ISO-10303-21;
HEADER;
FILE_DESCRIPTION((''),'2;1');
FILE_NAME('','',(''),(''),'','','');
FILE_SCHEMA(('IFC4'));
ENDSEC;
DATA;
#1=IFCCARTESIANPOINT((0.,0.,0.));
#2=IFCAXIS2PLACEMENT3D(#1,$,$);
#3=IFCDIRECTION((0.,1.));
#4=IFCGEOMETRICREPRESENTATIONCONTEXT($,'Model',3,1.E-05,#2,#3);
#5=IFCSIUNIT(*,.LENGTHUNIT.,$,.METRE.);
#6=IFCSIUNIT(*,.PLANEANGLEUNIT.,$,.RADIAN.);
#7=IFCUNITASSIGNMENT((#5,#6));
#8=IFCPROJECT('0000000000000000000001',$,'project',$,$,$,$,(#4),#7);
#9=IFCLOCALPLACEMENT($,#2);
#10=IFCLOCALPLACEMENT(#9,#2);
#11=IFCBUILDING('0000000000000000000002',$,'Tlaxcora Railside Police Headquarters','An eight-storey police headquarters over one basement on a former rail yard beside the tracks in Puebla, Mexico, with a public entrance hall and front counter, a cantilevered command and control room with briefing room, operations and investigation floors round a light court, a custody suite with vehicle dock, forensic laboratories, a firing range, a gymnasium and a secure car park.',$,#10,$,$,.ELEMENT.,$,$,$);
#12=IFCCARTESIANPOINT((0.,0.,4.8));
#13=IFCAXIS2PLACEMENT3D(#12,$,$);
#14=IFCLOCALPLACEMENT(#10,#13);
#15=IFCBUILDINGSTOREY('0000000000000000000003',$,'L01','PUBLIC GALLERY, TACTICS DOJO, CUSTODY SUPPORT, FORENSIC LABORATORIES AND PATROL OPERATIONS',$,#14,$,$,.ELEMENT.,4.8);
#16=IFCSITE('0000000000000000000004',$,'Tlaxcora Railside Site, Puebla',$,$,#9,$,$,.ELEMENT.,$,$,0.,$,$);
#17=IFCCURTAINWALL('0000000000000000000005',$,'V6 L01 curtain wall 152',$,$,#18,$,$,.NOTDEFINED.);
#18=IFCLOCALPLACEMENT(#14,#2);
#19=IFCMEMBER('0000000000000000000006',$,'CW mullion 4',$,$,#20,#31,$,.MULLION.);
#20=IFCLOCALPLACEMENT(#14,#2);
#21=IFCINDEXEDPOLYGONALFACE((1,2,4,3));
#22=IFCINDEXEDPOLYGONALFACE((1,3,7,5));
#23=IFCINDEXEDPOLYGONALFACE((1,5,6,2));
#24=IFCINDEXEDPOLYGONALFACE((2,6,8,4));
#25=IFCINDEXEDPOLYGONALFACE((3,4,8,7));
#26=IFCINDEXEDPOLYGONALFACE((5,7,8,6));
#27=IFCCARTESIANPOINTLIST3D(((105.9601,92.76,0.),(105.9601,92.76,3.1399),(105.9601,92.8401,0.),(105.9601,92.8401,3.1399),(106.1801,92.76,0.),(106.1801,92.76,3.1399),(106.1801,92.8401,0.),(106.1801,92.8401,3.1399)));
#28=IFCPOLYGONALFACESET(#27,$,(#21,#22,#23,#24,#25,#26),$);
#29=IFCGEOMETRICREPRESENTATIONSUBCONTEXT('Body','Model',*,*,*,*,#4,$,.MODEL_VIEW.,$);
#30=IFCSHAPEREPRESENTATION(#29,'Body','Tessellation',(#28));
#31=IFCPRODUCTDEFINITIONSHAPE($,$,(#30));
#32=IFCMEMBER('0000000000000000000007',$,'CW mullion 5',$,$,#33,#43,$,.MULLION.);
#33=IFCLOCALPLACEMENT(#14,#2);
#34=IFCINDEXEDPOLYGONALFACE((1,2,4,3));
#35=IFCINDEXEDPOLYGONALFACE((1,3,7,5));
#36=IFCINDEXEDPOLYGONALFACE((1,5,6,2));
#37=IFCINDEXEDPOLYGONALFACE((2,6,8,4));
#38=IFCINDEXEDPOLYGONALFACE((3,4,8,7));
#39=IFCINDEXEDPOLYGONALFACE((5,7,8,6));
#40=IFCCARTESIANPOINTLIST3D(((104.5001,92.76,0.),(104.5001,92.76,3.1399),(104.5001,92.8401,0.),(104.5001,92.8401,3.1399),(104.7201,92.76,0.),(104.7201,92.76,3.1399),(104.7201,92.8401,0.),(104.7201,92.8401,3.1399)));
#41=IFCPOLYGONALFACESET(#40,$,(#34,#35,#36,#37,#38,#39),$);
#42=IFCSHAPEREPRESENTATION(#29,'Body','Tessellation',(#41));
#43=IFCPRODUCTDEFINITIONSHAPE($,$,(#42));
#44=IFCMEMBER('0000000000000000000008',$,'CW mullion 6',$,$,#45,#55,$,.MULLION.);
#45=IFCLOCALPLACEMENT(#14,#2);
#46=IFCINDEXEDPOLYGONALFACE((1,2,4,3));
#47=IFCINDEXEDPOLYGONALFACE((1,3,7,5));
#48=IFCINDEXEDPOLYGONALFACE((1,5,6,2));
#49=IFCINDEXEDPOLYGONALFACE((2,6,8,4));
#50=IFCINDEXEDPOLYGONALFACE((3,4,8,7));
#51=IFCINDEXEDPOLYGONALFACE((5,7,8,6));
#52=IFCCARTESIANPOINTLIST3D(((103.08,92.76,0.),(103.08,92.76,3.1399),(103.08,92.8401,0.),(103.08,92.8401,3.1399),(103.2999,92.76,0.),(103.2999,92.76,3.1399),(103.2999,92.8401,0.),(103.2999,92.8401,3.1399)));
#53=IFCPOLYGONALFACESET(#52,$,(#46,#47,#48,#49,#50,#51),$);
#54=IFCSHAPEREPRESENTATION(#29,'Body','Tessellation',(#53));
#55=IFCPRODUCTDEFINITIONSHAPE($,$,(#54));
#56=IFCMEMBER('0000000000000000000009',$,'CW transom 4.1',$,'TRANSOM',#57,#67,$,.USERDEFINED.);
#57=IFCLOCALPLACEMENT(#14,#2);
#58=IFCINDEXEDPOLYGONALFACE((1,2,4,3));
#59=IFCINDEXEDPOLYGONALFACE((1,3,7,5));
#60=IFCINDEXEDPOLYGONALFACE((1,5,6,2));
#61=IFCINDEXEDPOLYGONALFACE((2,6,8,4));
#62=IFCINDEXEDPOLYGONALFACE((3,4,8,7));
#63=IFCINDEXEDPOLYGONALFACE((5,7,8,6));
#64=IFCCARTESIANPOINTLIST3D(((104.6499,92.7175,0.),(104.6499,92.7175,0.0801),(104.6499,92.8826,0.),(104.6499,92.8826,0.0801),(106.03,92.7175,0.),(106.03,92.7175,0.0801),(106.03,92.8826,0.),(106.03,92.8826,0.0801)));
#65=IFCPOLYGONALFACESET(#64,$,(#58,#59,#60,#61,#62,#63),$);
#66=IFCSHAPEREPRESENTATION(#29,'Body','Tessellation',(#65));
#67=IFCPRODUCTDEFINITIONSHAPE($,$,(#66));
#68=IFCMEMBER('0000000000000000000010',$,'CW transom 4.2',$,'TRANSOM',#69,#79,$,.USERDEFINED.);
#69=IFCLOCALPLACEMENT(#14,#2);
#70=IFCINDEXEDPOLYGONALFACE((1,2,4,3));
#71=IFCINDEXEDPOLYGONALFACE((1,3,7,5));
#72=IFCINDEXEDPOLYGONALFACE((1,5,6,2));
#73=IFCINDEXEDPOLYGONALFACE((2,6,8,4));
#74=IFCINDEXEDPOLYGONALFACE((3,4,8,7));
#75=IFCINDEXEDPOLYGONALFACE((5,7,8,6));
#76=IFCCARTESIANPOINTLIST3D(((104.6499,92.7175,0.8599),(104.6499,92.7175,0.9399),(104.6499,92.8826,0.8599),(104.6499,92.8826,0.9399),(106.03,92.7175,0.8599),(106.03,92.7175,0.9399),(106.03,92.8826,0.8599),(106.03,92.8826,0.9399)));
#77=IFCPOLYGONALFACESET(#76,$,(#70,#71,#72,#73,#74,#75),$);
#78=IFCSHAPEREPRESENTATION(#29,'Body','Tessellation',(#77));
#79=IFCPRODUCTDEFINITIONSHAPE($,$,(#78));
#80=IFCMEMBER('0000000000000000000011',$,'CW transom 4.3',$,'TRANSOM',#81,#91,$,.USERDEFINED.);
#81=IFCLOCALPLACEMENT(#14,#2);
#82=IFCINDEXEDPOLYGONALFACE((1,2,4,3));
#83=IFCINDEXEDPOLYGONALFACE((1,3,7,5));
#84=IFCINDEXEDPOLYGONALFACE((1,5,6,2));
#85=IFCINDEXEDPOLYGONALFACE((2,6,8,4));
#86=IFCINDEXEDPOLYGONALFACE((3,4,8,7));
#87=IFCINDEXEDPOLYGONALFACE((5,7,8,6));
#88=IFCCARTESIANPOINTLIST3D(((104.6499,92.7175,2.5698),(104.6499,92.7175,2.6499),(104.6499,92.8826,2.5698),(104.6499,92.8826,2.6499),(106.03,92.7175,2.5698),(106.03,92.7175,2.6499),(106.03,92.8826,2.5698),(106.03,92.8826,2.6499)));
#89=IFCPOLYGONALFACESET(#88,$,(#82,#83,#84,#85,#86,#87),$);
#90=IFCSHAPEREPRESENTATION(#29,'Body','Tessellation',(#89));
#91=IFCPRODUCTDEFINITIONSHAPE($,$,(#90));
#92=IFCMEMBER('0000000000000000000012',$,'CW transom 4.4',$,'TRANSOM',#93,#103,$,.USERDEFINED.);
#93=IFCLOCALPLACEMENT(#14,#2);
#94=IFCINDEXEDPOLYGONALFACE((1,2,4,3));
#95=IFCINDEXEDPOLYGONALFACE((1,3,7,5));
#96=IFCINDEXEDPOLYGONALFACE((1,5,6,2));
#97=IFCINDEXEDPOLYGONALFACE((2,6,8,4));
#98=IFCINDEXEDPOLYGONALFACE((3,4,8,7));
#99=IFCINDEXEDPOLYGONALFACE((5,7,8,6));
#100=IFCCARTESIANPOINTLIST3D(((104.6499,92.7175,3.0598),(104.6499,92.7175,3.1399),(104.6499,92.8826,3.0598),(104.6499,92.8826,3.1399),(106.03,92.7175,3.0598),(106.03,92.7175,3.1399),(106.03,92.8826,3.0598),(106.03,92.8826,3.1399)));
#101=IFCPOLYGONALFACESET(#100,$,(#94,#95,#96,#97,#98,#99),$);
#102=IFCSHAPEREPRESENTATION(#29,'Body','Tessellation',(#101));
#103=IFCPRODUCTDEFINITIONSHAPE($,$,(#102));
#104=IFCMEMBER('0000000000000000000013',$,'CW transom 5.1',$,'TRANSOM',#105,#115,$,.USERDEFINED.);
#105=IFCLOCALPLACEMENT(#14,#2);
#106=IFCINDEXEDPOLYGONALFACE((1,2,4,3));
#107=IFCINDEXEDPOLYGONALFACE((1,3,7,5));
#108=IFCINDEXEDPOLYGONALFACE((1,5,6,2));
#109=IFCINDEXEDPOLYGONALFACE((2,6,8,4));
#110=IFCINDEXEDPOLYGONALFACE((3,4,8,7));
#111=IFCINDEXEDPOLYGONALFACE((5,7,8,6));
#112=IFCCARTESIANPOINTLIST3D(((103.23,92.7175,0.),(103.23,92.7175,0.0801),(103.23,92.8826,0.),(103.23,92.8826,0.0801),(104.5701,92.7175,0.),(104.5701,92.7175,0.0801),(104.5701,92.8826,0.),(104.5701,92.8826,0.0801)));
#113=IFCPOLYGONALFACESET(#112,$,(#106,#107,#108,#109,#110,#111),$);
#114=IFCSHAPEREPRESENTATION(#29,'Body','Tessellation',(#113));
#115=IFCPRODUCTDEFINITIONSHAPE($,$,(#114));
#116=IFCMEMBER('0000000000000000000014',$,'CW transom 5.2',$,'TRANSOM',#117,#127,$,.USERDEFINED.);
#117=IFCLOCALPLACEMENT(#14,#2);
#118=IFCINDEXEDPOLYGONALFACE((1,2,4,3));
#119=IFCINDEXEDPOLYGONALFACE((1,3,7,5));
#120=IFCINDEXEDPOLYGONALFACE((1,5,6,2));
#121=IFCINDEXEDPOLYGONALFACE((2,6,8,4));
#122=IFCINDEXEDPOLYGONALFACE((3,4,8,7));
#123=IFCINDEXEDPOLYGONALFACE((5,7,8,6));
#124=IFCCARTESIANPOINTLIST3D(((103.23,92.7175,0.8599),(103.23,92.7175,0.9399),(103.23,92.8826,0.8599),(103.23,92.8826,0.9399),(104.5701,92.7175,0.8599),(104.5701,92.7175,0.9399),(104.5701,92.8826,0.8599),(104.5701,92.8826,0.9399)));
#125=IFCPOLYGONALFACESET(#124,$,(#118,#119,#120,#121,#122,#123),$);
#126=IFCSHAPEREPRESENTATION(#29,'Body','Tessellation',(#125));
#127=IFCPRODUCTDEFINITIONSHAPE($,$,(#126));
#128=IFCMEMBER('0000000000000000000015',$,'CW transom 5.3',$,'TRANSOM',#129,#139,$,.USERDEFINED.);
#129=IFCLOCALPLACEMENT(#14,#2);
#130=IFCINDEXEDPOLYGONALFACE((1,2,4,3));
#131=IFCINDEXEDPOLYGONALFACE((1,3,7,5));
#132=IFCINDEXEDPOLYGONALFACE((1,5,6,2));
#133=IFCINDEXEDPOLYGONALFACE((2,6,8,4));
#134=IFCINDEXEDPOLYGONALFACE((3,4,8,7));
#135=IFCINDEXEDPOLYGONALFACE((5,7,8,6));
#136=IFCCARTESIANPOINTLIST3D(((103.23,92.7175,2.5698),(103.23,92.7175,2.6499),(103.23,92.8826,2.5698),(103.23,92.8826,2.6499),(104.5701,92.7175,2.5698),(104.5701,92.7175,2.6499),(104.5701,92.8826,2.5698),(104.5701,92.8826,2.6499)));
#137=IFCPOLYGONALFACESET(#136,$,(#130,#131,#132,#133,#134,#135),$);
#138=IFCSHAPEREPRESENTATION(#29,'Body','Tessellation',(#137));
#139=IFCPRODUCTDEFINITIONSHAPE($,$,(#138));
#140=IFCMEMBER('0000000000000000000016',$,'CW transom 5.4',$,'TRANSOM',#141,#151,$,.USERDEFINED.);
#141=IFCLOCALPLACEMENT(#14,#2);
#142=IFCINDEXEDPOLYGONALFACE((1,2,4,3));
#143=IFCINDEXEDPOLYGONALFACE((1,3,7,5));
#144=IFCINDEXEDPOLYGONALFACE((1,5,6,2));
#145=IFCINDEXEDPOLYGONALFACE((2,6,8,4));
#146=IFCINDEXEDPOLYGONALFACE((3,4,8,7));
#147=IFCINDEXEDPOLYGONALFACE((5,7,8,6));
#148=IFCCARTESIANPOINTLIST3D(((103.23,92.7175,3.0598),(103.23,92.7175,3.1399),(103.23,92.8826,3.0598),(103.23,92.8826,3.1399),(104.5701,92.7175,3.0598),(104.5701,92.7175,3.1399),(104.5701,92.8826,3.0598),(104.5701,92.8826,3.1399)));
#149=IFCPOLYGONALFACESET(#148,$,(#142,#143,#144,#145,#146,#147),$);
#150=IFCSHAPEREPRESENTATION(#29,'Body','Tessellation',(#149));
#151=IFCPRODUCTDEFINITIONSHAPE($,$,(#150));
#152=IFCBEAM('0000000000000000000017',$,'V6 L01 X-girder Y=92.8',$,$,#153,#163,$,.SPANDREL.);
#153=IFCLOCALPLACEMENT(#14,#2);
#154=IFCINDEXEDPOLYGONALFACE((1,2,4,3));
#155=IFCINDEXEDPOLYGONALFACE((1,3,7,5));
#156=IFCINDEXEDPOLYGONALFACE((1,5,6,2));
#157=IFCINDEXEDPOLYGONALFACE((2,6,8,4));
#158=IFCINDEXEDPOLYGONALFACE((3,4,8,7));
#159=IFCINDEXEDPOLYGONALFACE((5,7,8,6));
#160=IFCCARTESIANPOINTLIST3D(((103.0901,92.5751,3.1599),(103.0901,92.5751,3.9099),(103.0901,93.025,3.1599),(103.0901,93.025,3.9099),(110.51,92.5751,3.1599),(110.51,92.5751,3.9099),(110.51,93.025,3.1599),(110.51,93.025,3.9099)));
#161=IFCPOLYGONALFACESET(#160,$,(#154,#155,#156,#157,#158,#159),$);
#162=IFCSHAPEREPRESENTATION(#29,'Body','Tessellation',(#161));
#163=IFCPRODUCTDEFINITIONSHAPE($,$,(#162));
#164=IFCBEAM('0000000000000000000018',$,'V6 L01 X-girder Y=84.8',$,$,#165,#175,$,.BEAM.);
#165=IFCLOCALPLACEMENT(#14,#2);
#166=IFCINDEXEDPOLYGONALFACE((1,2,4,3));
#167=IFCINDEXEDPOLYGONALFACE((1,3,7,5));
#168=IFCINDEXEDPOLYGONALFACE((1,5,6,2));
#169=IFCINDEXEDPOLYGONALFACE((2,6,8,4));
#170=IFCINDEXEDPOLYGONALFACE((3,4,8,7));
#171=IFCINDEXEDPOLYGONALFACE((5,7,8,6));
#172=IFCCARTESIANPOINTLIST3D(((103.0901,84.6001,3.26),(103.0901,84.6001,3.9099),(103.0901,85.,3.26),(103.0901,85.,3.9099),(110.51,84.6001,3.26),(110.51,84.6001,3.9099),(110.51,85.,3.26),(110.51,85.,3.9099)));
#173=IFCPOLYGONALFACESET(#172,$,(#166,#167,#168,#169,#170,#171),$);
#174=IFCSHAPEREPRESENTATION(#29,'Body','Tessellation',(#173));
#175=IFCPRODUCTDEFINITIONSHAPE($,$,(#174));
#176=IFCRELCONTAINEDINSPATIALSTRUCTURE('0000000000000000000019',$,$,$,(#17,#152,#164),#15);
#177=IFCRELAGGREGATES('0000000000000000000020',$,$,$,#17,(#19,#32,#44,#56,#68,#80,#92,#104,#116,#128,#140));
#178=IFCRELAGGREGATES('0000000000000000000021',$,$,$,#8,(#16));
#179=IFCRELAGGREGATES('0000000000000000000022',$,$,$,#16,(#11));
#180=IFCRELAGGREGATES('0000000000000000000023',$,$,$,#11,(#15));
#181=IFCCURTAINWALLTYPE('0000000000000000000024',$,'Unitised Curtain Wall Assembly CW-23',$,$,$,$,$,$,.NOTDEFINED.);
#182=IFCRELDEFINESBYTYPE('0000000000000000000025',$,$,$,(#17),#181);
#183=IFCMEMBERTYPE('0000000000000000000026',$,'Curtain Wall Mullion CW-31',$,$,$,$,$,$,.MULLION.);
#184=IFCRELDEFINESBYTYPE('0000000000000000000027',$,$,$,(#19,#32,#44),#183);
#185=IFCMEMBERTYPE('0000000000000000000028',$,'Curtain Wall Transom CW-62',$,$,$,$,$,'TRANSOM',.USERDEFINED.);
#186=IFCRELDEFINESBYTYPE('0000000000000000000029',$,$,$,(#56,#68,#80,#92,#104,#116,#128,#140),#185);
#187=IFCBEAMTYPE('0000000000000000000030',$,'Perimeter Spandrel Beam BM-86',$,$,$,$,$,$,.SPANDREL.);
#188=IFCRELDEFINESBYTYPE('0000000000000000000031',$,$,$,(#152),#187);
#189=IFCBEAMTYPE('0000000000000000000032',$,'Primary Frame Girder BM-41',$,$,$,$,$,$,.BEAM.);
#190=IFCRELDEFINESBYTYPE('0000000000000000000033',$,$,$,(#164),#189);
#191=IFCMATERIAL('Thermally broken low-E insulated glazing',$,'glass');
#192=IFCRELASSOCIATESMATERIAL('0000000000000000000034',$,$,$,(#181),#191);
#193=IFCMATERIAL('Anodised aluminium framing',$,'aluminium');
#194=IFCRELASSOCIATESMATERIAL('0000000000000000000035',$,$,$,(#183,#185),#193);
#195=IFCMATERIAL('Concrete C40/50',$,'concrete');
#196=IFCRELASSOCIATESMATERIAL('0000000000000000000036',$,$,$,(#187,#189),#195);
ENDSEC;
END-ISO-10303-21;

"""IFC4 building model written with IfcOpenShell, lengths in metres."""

from ifc_helpers import new_model, si_unit, direction, frame, origin, origin_2d, place, context, subcontext, project, spatial, rectangle, extrude, material, material_profile, profile_set, type_object, element, aggregate, save


model = new_model("IFC4")

# Units and contexts
model_context = context("Model", 3, precision=1e-05, world=origin(), true_north=direction((0.0, 1.0)))
body_context = subcontext(model_context, "Body", "Model", "MODEL_VIEW")
ifc_project = project(units=[si_unit("LENGTHUNIT", "METRE"), si_unit("PLANEANGLEUNIT", "RADIAN")], contexts=[model_context])

# Site, building, storey
site_placement = place(None, origin())
site = spatial("IfcSite", under=ifc_project, at=site_placement, Name="Tlaxcora Railside Site, Puebla", CompositionType="ELEMENT", RefElevation=0.0)
building_placement = place(site_placement, origin())
building = spatial("IfcBuilding", under=site, at=building_placement, Name="Tlaxcora Railside Police Headquarters", Description="An eight-storey police headquarters over one basement on a former rail yard beside the tracks in Puebla, Mexico, with a public entrance hall and front counter, a cantilevered command and control room with briefing room, operations and investigation floors round a light court, a custody suite with vehicle dock, forensic laboratories, a firing range, a gymnasium and a secure car park.", CompositionType="ELEMENT")
storey_placement = place(building_placement, frame((0.0, 0.0, 4.8)))
storey = spatial("IfcBuildingStorey", under=building, at=storey_placement, Name="L01", Description="PUBLIC GALLERY, TACTICS DOJO, CUSTODY SUPPORT, FORENSIC LABORATORIES AND PATROL OPERATIONS", CompositionType="ELEMENT", Elevation=4.8)

# Curtain wall, members
ifc_material_1 = material(Name="Thermally broken low-E insulated glazing", Category="glass")
curtain_wall_type = type_object("IfcCurtainWallType", Name="Unitised Curtain Wall Assembly CW-23", PredefinedType="NOTDEFINED", material=ifc_material_1)
curtain_wall_placement = place(storey_placement, origin())
curtain_wall = element("IfcCurtainWall", 1, at=curtain_wall_placement, inside=storey, type_object=curtain_wall_type, Name="V6 L01 curtain wall 152", PredefinedType="NOTDEFINED")
ifc_material_2 = material(Name="Anodised aluminium framing", Category="aluminium")
ifc_material_profile_1 = material_profile(ifc_material_2, rectangle(XDim=0.0801, YDim=0.22, at=origin_2d()), Name="AL80X220")
ifc_profile_set_1 = profile_set([ifc_material_profile_1], Name="Anodised aluminium framing")
member_type_1 = type_object("IfcMemberType", Name="Curtain Wall Mullion CW-31", PredefinedType="MULLION", material=ifc_profile_set_1)
member_1_placement = place(storey_placement, frame((106.0701, 92.8, 0.0), z_axis=(0.0, 0.0, 1.0), x_axis=(0.0, -1.0, 0.0)))
member_1 = element("IfcMember", 2, at=member_1_placement, type_object=member_type_1, Name="CW mullion 4", PredefinedType="MULLION", context=body_context, shape_type="SweptSolid", body=[
    extrude(rectangle(XDim=0.0801, YDim=0.22, at=origin_2d()), origin(), (0.0, 0.0, 1.0), 3.1399),
])
member_2_placement = place(storey_placement, frame((104.6101, 92.8, 0.0), z_axis=(0.0, 0.0, 1.0), x_axis=(0.0, -1.0, 0.0)))
member_2 = element("IfcMember", 3, at=member_2_placement, type_object=member_type_1, Name="CW mullion 5", PredefinedType="MULLION", context=body_context, shape_type="SweptSolid", body=[
    extrude(rectangle(XDim=0.0801, YDim=0.22, at=origin_2d()), origin(), (0.0, 0.0, 1.0), 3.1399),
])
member_3_placement = place(storey_placement, frame((103.1899, 92.8, 0.0), z_axis=(0.0, 0.0, 1.0), x_axis=(0.0, -1.0, 0.0)))
member_3 = element("IfcMember", 4, at=member_3_placement, type_object=member_type_1, Name="CW mullion 6", PredefinedType="MULLION", context=body_context, shape_type="SweptSolid", body=[
    extrude(rectangle(XDim=0.0801, YDim=0.22, at=origin_2d()), origin(), (0.0, 0.0, 1.0), 3.1399),
])
ifc_material_profile_2 = material_profile(ifc_material_2, rectangle(XDim=0.165, YDim=0.0801, at=origin_2d()), Name="AL80X165")
ifc_profile_set_2 = profile_set([ifc_material_profile_2], Name="Anodised aluminium framing")
member_type_2 = type_object("IfcMemberType", Name="Curtain Wall Transom CW-62", ElementType="TRANSOM", PredefinedType="USERDEFINED", material=ifc_profile_set_2)
member_4_placement = place(storey_placement, frame((106.03, 92.8, 0.04), z_axis=(-1.0, 0.0, 0.0), x_axis=(0.0, -1.0, 0.0)))
member_4 = element("IfcMember", 5, at=member_4_placement, type_object=member_type_2, Name="CW transom 4.1", ObjectType="TRANSOM", PredefinedType="USERDEFINED", context=body_context, shape_type="SweptSolid", body=[
    extrude(rectangle(XDim=0.165, YDim=0.0801, at=origin_2d()), origin(), (0.0, 0.0, 1.0), 1.3801),
])
member_5_placement = place(storey_placement, frame((106.03, 92.8, 0.8999), z_axis=(-1.0, 0.0, 0.0), x_axis=(0.0, -1.0, 0.0)))
member_5 = element("IfcMember", 6, at=member_5_placement, type_object=member_type_2, Name="CW transom 4.2", ObjectType="TRANSOM", PredefinedType="USERDEFINED", context=body_context, shape_type="SweptSolid", body=[
    extrude(rectangle(XDim=0.165, YDim=0.0801, at=origin_2d()), origin(), (0.0, 0.0, 1.0), 1.3801),
])
member_6_placement = place(storey_placement, frame((106.03, 92.8, 2.6099), z_axis=(-1.0, 0.0, 0.0), x_axis=(0.0, -1.0, 0.0)))
member_6 = element("IfcMember", 7, at=member_6_placement, type_object=member_type_2, Name="CW transom 4.3", ObjectType="TRANSOM", PredefinedType="USERDEFINED", context=body_context, shape_type="SweptSolid", body=[
    extrude(rectangle(XDim=0.165, YDim=0.0801, at=origin_2d()), origin(), (0.0, 0.0, 1.0), 1.3801),
])
member_7_placement = place(storey_placement, frame((106.03, 92.8, 3.0999), z_axis=(-1.0, 0.0, 0.0), x_axis=(0.0, -1.0, 0.0)))
member_7 = element("IfcMember", 8, at=member_7_placement, type_object=member_type_2, Name="CW transom 4.4", ObjectType="TRANSOM", PredefinedType="USERDEFINED", context=body_context, shape_type="SweptSolid", body=[
    extrude(rectangle(XDim=0.165, YDim=0.0801, at=origin_2d()), origin(), (0.0, 0.0, 1.0), 1.3801),
])
member_8_placement = place(storey_placement, frame((104.5701, 92.8, 0.04), z_axis=(-1.0, 0.0, 0.0), x_axis=(0.0, -1.0, 0.0)))
member_8 = element("IfcMember", 9, at=member_8_placement, type_object=member_type_2, Name="CW transom 5.1", ObjectType="TRANSOM", PredefinedType="USERDEFINED", context=body_context, shape_type="SweptSolid", body=[
    extrude(rectangle(XDim=0.165, YDim=0.0801, at=origin_2d()), origin(), (0.0, 0.0, 1.0), 1.3401),
])
member_9_placement = place(storey_placement, frame((104.5701, 92.8, 0.8999), z_axis=(-1.0, 0.0, 0.0), x_axis=(0.0, -1.0, 0.0)))
member_9 = element("IfcMember", 10, at=member_9_placement, type_object=member_type_2, Name="CW transom 5.2", ObjectType="TRANSOM", PredefinedType="USERDEFINED", context=body_context, shape_type="SweptSolid", body=[
    extrude(rectangle(XDim=0.165, YDim=0.0801, at=origin_2d()), origin(), (0.0, 0.0, 1.0), 1.3401),
])
member_10_placement = place(storey_placement, frame((104.5701, 92.8, 2.6099), z_axis=(-1.0, 0.0, 0.0), x_axis=(0.0, -1.0, 0.0)))
member_10 = element("IfcMember", 11, at=member_10_placement, type_object=member_type_2, Name="CW transom 5.3", ObjectType="TRANSOM", PredefinedType="USERDEFINED", context=body_context, shape_type="SweptSolid", body=[
    extrude(rectangle(XDim=0.165, YDim=0.0801, at=origin_2d()), origin(), (0.0, 0.0, 1.0), 1.3401),
])
member_11_placement = place(storey_placement, frame((104.5701, 92.8, 3.0999), z_axis=(-1.0, 0.0, 0.0), x_axis=(0.0, -1.0, 0.0)))
member_11 = element("IfcMember", 12, at=member_11_placement, type_object=member_type_2, Name="CW transom 5.4", ObjectType="TRANSOM", PredefinedType="USERDEFINED", context=body_context, shape_type="SweptSolid", body=[
    extrude(rectangle(XDim=0.165, YDim=0.0801, at=origin_2d()), origin(), (0.0, 0.0, 1.0), 1.3401),
])

# Beams
ifc_material_3 = material(Name="Concrete C40/50", Category="concrete")
ifc_material_profile_3 = material_profile(ifc_material_3, rectangle(XDim=0.45, YDim=0.75, at=origin_2d()), Name="RC450X750")
ifc_profile_set_3 = profile_set([ifc_material_profile_3], Name="Concrete C40/50")
beam_type_1 = type_object("IfcBeamType", Name="Perimeter Spandrel Beam BM-86", PredefinedType="SPANDREL", material=ifc_profile_set_3)
beam_1_placement = place(storey_placement, frame((103.0901, 92.8, 3.5349), z_axis=(1.0, 0.0, 0.0), x_axis=(0.0, 1.0, 0.0)))
element("IfcBeam", 13, at=beam_1_placement, inside=storey, type_object=beam_type_1, Name="V6 L01 X-girder Y=92.8", PredefinedType="SPANDREL", context=body_context, shape_type="SweptSolid", body=[
    extrude(rectangle(XDim=0.45, YDim=0.75, at=origin_2d()), origin(), (0.0, 0.0, 1.0), 7.4199),
])
ifc_material_profile_4 = material_profile(ifc_material_3, rectangle(XDim=0.3999, YDim=0.6499, at=origin_2d()), Name="RC400X650")
ifc_profile_set_4 = profile_set([ifc_material_profile_4], Name="Concrete C40/50")
beam_type_2 = type_object("IfcBeamType", Name="Primary Frame Girder BM-41", PredefinedType="BEAM", material=ifc_profile_set_4)
beam_2_placement = place(storey_placement, frame((103.0901, 84.8, 3.585), z_axis=(1.0, 0.0, 0.0), x_axis=(0.0, 1.0, 0.0)))
element("IfcBeam", 14, at=beam_2_placement, inside=storey, type_object=beam_type_2, Name="V6 L01 X-girder Y=84.8", PredefinedType="BEAM", context=body_context, shape_type="SweptSolid", body=[
    extrude(rectangle(XDim=0.3999, YDim=0.6499, at=origin_2d()), origin(), (0.0, 0.0, 1.0), 7.4199),
])

aggregate(curtain_wall, [member_1, member_2, member_3, member_4, member_5, member_6, member_7, member_8, member_9, member_10, member_11])

save(model, "model.ifc")
